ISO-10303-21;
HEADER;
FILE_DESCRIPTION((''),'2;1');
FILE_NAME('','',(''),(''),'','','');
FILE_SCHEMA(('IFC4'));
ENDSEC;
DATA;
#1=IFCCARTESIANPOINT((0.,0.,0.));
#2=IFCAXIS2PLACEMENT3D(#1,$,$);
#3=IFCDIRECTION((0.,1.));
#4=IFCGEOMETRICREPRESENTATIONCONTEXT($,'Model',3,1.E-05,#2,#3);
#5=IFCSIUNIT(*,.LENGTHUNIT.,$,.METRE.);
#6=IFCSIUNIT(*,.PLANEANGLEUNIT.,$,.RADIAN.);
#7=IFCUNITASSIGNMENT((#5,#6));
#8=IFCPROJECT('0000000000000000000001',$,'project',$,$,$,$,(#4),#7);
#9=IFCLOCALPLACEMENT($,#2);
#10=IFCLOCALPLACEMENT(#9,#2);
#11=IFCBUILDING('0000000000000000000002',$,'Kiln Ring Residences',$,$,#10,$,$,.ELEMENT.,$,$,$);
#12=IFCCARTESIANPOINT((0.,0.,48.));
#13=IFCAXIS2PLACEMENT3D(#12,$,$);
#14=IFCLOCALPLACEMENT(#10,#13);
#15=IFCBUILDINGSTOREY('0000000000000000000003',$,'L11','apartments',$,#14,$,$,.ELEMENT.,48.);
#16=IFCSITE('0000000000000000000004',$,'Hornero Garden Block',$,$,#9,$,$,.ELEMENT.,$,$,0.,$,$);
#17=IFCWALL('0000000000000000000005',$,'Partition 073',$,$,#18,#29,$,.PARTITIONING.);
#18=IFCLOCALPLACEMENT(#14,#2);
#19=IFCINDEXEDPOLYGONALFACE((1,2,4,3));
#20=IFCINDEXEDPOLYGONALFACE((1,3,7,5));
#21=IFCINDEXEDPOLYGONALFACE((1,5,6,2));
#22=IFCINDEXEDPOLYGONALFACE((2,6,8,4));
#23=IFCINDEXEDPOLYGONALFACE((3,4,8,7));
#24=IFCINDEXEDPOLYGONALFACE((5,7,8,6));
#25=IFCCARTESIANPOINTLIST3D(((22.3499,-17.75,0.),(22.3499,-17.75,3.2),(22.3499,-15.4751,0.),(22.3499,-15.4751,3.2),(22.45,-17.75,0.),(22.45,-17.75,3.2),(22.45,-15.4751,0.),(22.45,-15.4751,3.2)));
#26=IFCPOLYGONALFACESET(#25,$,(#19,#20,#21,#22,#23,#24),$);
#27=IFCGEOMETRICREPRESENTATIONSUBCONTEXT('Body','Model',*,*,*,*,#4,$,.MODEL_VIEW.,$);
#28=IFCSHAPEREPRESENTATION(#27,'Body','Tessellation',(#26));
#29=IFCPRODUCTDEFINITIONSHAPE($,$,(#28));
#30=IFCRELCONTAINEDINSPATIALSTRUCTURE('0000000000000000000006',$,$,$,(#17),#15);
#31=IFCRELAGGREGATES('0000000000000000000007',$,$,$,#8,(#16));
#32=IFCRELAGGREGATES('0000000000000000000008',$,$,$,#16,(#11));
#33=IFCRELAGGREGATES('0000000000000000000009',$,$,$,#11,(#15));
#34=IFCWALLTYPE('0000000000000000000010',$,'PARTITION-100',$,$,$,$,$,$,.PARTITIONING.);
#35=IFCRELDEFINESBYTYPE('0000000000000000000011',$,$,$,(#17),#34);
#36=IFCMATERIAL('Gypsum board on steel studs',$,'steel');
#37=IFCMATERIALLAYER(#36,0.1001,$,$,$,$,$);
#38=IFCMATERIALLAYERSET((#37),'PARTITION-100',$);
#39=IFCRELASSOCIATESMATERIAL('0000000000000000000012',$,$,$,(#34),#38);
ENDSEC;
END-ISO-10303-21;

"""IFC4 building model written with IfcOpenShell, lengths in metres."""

from ifc_helpers import new_model, si_unit, direction, frame, frame_2d, origin, place, context, subcontext, project, spatial, rectangle, extrude, material, layer, layer_set, type_object, element, save


model = new_model("IFC4")

# Units and contexts
model_context = context("Model", 3, precision=1e-05, world=origin(), true_north=direction((0.0, 1.0)))
body_context = subcontext(model_context, "Body", "Model", "MODEL_VIEW")
ifc_project = project(units=[si_unit("LENGTHUNIT", "METRE"), si_unit("PLANEANGLEUNIT", "RADIAN")], contexts=[model_context])

# Site, building, storey
site_placement = place(None, origin())
site = spatial("IfcSite", under=ifc_project, at=site_placement, Name="Hornero Garden Block", CompositionType="ELEMENT", RefElevation=0.0)
building_placement = place(site_placement, origin())
building = spatial("IfcBuilding", under=site, at=building_placement, Name="Kiln Ring Residences", CompositionType="ELEMENT")
storey_placement = place(building_placement, frame((0.0, 0.0, 48.0)))
storey = spatial("IfcBuildingStorey", under=building, at=storey_placement, Name="L11", Description="apartments", CompositionType="ELEMENT", Elevation=48.0)

# Shared definitions
ifc_material_1 = material(Name="Gypsum board on steel studs", Category="steel")
ifc_layer_1 = layer(ifc_material_1, 0.1001)
ifc_layer_set_1 = layer_set([ifc_layer_1], Name="PARTITION-100")
wall_type_1 = type_object("IfcWallType", Name="PARTITION-100", PredefinedType="PARTITIONING", material=ifc_layer_set_1)

# Wall
wall_1_placement = place(storey_placement, frame((22.3999, -17.75, 0.0), z_axis=(0.0, 0.0, 1.0), x_axis=(0.0, 1.0, 0.0)))
element("IfcWall", 1, at=wall_1_placement, inside=storey, type_object=wall_type_1, Name="Partition 073", PredefinedType="PARTITIONING", context=body_context, shape_type="SweptSolid", body=[
    extrude(rectangle(XDim=2.2749, YDim=0.1001, at=frame_2d((1.1375, 0.0))), origin(), (0.0, 0.0, 1.0), 3.2),
])

save(model, "model.ifc")
